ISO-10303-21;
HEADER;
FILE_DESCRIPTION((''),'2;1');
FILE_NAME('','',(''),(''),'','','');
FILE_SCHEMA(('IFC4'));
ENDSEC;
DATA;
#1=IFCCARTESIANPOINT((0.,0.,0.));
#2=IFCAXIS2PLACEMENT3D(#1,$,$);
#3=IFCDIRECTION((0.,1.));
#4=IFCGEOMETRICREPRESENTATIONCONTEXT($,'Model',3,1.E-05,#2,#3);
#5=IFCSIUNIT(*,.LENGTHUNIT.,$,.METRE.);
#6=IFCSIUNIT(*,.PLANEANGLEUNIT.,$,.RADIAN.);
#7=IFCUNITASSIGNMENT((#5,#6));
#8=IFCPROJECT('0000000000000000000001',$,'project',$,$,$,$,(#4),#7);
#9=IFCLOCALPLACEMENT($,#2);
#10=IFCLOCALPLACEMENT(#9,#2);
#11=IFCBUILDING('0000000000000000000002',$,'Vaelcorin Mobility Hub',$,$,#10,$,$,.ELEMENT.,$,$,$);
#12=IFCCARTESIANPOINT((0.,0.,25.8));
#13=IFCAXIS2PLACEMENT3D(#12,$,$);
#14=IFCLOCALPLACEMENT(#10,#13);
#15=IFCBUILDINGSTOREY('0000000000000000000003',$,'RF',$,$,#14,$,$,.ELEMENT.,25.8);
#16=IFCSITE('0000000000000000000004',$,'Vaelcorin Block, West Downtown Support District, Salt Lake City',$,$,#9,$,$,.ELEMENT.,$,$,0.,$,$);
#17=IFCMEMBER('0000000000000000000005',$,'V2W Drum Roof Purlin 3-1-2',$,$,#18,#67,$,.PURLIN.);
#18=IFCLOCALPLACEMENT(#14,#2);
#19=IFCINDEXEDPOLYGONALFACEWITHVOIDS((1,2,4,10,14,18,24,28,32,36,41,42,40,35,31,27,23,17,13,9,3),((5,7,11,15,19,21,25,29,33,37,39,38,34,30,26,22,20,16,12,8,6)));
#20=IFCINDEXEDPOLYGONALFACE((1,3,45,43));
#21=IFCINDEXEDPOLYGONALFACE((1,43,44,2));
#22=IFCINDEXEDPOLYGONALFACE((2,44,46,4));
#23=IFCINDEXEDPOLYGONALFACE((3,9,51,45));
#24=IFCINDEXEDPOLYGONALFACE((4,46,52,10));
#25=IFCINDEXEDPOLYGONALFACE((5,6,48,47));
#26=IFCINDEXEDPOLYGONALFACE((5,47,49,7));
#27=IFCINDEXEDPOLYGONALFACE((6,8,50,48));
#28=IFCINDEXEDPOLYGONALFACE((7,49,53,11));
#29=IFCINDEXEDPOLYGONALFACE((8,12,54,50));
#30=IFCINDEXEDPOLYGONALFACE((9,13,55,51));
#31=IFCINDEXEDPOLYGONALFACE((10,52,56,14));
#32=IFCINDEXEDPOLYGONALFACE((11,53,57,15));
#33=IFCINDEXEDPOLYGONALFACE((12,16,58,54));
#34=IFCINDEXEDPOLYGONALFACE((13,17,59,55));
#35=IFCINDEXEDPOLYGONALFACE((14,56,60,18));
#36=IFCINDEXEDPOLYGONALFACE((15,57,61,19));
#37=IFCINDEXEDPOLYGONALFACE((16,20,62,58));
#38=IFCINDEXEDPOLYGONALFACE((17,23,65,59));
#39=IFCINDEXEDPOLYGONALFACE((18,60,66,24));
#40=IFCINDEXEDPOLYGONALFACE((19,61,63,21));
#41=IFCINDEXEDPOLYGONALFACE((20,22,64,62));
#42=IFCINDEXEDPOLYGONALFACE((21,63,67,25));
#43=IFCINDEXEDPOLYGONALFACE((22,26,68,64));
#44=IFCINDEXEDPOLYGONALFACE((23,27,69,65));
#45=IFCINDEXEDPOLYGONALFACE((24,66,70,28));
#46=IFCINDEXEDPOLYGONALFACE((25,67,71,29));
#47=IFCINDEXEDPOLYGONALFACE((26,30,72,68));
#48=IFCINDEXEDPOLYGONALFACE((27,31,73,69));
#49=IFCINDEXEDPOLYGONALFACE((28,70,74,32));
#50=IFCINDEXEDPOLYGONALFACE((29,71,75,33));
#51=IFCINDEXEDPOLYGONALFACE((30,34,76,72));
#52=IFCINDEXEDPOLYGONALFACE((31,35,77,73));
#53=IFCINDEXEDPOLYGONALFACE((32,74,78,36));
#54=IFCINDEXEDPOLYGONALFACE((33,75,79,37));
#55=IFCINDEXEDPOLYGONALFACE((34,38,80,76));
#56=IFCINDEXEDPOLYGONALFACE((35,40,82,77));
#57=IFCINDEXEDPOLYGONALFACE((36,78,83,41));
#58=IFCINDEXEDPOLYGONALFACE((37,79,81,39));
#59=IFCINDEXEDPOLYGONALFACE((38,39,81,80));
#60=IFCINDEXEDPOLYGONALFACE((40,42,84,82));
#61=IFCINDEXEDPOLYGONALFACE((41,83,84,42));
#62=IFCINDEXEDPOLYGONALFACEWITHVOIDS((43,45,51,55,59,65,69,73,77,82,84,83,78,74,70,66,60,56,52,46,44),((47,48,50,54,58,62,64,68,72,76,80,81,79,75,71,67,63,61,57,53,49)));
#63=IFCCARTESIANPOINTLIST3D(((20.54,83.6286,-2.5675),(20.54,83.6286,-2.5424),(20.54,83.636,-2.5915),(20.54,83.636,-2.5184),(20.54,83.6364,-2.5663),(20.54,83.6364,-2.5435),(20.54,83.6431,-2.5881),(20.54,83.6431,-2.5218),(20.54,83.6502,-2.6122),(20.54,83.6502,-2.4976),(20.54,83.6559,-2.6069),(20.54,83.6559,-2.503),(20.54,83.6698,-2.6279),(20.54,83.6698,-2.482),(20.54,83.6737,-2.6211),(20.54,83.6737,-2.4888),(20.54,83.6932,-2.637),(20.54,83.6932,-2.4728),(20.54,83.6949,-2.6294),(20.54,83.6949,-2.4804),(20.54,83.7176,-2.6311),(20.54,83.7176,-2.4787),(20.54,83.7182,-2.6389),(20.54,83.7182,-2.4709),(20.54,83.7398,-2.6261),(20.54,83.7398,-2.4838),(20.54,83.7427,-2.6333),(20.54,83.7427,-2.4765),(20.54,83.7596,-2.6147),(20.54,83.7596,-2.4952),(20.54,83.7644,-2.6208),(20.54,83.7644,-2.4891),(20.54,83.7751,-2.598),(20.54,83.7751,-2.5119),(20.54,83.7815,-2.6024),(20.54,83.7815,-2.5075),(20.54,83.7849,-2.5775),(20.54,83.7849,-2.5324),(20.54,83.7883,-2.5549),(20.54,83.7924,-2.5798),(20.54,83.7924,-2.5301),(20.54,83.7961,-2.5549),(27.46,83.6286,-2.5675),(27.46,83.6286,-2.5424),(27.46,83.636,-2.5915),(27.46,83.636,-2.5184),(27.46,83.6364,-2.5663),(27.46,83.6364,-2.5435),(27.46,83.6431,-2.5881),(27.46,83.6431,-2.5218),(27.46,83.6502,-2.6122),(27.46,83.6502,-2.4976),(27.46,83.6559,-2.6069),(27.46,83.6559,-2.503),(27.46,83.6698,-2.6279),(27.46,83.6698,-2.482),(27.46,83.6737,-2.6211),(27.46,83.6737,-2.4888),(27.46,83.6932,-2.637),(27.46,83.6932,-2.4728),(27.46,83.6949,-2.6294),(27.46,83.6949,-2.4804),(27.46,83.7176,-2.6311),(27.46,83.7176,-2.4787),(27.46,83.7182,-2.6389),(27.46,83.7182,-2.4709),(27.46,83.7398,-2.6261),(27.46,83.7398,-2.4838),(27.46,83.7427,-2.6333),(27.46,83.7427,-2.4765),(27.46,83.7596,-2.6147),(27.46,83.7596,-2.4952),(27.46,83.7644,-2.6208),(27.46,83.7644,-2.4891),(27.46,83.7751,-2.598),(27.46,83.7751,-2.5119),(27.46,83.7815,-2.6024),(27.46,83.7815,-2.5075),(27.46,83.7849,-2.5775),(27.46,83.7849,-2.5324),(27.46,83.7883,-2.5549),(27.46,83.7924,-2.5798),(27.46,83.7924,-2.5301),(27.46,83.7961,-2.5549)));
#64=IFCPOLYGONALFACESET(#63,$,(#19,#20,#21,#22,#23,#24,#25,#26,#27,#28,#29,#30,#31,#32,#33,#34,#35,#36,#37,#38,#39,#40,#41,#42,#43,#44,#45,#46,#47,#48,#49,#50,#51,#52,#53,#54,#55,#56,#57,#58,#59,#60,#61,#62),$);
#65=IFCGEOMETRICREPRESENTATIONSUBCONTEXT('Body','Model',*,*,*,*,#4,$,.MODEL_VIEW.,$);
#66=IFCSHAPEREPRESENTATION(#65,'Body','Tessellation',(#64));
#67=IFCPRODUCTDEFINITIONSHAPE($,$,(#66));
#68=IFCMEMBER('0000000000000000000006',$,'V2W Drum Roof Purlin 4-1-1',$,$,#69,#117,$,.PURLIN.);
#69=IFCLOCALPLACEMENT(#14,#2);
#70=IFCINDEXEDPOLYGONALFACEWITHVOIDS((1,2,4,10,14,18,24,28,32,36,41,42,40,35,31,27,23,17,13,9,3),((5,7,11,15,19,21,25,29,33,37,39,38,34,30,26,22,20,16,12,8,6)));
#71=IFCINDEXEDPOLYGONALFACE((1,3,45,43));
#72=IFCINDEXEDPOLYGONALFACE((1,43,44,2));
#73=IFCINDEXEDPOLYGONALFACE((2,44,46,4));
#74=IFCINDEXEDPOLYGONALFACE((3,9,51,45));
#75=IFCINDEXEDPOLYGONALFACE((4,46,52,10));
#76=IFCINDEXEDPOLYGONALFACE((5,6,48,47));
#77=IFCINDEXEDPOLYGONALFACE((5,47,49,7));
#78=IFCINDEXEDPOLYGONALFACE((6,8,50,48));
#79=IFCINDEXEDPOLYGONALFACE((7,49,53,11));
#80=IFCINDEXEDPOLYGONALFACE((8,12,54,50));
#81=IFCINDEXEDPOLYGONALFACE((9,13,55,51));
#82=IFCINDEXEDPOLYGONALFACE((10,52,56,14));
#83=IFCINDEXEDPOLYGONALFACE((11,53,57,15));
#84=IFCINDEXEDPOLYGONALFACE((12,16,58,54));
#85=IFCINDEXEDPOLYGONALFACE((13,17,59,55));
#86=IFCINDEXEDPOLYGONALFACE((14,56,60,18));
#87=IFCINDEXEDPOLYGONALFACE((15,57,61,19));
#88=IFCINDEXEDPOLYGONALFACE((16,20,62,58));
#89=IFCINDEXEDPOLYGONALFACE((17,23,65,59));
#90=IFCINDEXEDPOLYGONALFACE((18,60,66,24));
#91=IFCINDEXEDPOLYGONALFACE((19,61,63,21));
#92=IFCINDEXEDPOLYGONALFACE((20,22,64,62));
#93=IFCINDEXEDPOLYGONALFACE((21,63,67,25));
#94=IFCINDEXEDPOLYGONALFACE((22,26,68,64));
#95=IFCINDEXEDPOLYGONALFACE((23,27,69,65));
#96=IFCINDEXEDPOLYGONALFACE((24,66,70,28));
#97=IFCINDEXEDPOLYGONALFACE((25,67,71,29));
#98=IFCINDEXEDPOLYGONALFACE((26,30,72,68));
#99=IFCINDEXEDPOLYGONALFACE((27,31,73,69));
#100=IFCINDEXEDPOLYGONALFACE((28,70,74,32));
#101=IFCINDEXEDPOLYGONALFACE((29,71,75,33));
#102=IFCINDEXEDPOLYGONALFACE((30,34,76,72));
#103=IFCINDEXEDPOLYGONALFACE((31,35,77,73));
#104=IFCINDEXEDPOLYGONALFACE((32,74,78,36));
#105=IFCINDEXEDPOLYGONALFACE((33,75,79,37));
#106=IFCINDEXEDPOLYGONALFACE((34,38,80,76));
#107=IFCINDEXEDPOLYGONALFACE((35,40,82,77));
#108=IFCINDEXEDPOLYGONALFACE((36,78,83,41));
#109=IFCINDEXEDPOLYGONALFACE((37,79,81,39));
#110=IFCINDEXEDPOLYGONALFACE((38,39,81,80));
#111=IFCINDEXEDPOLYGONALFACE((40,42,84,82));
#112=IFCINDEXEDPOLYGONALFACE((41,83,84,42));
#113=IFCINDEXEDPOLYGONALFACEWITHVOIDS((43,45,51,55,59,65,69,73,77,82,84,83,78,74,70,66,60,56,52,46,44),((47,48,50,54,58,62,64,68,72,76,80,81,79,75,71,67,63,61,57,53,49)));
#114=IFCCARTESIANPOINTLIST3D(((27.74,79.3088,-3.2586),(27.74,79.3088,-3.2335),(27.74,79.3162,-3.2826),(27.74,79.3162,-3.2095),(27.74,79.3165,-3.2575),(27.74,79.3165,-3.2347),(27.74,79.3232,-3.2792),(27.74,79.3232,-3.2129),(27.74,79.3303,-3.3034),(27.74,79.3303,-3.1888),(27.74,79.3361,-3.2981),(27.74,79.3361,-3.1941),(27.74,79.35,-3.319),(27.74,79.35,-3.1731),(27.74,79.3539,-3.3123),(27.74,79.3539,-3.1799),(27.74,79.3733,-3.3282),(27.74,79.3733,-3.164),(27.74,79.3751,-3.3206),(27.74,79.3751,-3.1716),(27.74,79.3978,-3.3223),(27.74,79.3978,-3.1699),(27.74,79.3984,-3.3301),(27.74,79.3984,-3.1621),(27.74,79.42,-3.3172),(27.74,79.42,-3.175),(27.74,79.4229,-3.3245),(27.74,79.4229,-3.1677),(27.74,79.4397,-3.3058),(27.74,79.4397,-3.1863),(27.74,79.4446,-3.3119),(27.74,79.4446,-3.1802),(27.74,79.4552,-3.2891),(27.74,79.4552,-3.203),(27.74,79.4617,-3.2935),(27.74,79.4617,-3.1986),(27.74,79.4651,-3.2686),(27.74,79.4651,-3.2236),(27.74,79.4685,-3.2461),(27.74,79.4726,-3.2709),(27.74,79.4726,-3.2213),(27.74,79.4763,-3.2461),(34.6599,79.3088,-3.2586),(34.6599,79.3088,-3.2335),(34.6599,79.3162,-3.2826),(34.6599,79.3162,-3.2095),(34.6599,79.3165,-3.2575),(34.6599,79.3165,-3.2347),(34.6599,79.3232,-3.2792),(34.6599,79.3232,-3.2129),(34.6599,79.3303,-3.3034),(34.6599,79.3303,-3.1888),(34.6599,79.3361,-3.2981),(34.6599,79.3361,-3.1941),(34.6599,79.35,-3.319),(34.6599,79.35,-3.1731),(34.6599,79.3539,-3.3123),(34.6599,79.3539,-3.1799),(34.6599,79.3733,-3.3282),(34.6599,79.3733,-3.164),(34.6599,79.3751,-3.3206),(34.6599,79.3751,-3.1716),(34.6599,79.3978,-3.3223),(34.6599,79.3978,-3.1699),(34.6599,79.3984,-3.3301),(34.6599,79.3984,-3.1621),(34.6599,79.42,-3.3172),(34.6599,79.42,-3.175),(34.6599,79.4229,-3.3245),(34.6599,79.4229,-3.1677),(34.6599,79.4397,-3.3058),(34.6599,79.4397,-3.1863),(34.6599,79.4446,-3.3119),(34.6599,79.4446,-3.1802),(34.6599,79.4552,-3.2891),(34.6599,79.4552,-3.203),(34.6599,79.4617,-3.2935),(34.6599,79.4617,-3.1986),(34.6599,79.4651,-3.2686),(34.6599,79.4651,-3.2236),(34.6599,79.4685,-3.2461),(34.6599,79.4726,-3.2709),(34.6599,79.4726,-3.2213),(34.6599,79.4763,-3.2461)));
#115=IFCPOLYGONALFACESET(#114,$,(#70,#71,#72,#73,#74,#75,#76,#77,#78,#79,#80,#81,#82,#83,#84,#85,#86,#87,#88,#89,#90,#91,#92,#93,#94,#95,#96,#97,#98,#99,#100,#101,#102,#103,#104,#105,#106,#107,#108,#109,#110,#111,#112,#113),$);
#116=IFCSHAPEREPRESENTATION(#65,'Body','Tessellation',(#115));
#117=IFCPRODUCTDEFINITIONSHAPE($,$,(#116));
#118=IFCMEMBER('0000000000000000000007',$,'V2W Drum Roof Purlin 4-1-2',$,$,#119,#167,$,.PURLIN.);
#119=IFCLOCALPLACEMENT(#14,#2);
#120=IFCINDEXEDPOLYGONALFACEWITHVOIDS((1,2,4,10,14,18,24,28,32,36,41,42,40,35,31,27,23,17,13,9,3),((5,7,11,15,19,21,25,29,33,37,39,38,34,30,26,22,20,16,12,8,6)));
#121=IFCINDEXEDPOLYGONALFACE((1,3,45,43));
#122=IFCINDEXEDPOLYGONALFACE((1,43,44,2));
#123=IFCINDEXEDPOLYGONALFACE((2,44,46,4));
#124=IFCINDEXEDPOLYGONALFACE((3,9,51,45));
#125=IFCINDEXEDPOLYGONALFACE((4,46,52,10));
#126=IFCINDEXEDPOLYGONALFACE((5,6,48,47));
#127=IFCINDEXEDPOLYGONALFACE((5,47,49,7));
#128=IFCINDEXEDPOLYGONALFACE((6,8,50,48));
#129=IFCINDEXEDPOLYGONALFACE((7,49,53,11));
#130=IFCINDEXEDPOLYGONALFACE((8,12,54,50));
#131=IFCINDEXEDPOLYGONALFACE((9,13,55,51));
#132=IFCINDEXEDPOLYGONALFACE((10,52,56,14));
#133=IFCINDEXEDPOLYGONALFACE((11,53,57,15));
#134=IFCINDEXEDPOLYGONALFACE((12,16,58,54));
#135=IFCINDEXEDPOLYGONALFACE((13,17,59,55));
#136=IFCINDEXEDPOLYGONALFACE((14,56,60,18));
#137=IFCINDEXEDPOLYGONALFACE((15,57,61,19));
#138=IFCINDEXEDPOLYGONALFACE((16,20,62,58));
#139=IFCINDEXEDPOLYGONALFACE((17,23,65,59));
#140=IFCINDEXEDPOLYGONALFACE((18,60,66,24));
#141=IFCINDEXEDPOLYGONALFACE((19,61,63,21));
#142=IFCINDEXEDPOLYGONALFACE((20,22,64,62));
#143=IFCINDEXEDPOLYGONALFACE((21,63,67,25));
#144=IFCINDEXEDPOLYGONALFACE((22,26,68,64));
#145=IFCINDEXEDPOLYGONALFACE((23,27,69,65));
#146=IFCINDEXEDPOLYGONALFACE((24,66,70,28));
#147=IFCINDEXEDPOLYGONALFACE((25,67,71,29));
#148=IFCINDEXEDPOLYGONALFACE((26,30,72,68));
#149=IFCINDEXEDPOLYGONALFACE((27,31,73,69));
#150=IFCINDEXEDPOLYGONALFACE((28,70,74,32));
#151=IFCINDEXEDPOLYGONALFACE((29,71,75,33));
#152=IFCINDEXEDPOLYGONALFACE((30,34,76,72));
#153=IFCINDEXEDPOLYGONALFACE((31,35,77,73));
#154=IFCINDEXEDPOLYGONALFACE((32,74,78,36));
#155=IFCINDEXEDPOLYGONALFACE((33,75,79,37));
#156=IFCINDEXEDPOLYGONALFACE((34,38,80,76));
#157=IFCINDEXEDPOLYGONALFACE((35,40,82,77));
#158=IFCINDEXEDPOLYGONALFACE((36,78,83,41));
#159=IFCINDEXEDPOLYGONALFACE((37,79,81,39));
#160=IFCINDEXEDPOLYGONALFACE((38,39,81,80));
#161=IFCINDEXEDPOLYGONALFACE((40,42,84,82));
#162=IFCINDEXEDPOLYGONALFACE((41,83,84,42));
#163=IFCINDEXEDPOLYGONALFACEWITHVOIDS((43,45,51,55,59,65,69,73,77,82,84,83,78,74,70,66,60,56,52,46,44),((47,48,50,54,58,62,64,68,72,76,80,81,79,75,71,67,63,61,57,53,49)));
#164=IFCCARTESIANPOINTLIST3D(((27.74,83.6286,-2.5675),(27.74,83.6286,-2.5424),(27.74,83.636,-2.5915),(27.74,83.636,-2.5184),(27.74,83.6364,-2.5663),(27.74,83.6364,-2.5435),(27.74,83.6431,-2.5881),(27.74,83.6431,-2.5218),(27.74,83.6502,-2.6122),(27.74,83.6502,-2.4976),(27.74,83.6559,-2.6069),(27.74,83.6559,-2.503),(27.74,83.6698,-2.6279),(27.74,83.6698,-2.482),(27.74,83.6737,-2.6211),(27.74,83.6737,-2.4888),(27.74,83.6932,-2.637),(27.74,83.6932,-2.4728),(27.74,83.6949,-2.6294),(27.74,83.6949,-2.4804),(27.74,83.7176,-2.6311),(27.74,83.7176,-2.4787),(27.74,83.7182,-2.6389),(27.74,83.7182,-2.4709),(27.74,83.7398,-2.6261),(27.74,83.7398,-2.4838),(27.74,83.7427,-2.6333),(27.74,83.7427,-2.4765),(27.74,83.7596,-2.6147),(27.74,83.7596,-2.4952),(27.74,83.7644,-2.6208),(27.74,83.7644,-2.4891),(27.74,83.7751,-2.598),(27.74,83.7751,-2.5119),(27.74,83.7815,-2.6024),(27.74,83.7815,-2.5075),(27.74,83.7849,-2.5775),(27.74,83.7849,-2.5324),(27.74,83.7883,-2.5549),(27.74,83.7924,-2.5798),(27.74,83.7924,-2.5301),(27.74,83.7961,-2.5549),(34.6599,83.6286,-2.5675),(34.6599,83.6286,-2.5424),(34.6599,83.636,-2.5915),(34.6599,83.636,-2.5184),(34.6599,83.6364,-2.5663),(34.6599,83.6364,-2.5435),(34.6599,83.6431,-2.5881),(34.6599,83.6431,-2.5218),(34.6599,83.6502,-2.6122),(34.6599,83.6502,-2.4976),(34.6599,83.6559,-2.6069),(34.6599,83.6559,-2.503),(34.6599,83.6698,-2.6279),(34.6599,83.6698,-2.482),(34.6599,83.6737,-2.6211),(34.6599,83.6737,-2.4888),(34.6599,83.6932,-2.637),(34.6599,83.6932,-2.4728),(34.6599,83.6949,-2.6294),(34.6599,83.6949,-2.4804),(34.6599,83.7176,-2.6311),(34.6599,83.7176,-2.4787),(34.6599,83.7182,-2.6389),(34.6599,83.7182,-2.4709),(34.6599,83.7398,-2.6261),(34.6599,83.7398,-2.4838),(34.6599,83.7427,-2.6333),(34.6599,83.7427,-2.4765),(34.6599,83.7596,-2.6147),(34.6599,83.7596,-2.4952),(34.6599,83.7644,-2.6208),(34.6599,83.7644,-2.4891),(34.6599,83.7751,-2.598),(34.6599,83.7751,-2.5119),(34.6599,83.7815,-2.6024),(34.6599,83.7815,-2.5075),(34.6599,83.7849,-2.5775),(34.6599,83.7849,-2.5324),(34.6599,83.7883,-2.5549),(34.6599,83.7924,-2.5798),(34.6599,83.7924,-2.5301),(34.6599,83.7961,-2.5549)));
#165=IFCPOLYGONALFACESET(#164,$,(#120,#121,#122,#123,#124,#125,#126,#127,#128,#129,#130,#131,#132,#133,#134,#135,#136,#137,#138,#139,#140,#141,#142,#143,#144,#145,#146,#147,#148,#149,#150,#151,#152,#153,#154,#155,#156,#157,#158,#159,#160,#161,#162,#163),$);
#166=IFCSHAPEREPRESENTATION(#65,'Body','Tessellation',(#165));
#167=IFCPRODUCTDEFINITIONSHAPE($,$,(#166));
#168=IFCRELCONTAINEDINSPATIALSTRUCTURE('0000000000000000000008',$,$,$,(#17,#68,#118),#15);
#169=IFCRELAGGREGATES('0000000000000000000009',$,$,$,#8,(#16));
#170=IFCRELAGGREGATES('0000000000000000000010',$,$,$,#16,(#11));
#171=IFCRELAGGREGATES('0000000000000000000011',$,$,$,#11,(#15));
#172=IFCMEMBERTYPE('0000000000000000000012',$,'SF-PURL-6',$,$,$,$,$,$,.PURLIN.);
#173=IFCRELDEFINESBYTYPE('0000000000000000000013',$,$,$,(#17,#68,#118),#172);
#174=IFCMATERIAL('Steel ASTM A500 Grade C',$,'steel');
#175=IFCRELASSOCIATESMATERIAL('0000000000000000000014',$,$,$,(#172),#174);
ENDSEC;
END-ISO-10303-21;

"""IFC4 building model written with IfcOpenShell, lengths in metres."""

from ifc_helpers import new_model, si_unit, direction, frame, origin, origin_2d, place, context, subcontext, project, spatial, hollow_circle, extrude, material, material_profile, profile_set, type_object, element, save


model = new_model("IFC4")

# Units and contexts
model_context = context("Model", 3, precision=1e-05, world=origin(), true_north=direction((0.0, 1.0)))
body_context = subcontext(model_context, "Body", "Model", "MODEL_VIEW")
ifc_project = project(units=[si_unit("LENGTHUNIT", "METRE"), si_unit("PLANEANGLEUNIT", "RADIAN")], contexts=[model_context])

# Site, building, storey
site_placement = place(None, origin())
site = spatial("IfcSite", under=ifc_project, at=site_placement, Name="Vaelcorin Block, West Downtown Support District, Salt Lake City", CompositionType="ELEMENT", RefElevation=0.0)
building_placement = place(site_placement, origin())
building = spatial("IfcBuilding", under=site, at=building_placement, Name="Vaelcorin Mobility Hub", CompositionType="ELEMENT")
storey_placement = place(building_placement, frame((0.0, 0.0, 25.8)))
storey = spatial("IfcBuildingStorey", under=building, at=storey_placement, Name="RF", CompositionType="ELEMENT", Elevation=25.8)

# Members
ifc_material_1 = material(Name="Steel ASTM A500 Grade C", Category="steel")
ifc_material_profile_1 = material_profile(ifc_material_1, hollow_circle(Radius=0.0842, WallThickness=0.0078, at=origin_2d()), Name="HSS6.625X0.312")
ifc_profile_set_1 = profile_set([ifc_material_profile_1], Name="Steel ASTM A500 Grade C")
member_type_1 = type_object("IfcMemberType", Name="SF-PURL-6", PredefinedType="PURLIN", material=ifc_profile_set_1)
for number, where, z_axis, x_axis, name in (
    (1, (20.54, 83.7119, -2.5549), (1.0, 0.0, 0.0), (0.0, 1.0, 0.0), "V2W Drum Roof Purlin 3-1-2"),
    (2, (27.74, 79.3921, -3.2461), (1.0, 0.0, 0.0), (0.0, 1.0, 0.0), "V2W Drum Roof Purlin 4-1-1"),
    (3, (27.74, 83.7119, -2.5549), (1.0, 0.0, 0.0), (0.0, 1.0, 0.0), "V2W Drum Roof Purlin 4-1-2"),
):
    element("IfcMember", number, at=place(storey_placement, frame(where, z_axis=z_axis, x_axis=x_axis)), inside=storey, type_object=member_type_1, Name=name, PredefinedType="PURLIN", context=body_context, shape_type="SweptSolid", body=[
        extrude(hollow_circle(Radius=0.0842, WallThickness=0.0078, at=origin_2d()), origin(), (0.0, 0.0, 1.0), 6.9199),
    ])

save(model, "model.ifc")
